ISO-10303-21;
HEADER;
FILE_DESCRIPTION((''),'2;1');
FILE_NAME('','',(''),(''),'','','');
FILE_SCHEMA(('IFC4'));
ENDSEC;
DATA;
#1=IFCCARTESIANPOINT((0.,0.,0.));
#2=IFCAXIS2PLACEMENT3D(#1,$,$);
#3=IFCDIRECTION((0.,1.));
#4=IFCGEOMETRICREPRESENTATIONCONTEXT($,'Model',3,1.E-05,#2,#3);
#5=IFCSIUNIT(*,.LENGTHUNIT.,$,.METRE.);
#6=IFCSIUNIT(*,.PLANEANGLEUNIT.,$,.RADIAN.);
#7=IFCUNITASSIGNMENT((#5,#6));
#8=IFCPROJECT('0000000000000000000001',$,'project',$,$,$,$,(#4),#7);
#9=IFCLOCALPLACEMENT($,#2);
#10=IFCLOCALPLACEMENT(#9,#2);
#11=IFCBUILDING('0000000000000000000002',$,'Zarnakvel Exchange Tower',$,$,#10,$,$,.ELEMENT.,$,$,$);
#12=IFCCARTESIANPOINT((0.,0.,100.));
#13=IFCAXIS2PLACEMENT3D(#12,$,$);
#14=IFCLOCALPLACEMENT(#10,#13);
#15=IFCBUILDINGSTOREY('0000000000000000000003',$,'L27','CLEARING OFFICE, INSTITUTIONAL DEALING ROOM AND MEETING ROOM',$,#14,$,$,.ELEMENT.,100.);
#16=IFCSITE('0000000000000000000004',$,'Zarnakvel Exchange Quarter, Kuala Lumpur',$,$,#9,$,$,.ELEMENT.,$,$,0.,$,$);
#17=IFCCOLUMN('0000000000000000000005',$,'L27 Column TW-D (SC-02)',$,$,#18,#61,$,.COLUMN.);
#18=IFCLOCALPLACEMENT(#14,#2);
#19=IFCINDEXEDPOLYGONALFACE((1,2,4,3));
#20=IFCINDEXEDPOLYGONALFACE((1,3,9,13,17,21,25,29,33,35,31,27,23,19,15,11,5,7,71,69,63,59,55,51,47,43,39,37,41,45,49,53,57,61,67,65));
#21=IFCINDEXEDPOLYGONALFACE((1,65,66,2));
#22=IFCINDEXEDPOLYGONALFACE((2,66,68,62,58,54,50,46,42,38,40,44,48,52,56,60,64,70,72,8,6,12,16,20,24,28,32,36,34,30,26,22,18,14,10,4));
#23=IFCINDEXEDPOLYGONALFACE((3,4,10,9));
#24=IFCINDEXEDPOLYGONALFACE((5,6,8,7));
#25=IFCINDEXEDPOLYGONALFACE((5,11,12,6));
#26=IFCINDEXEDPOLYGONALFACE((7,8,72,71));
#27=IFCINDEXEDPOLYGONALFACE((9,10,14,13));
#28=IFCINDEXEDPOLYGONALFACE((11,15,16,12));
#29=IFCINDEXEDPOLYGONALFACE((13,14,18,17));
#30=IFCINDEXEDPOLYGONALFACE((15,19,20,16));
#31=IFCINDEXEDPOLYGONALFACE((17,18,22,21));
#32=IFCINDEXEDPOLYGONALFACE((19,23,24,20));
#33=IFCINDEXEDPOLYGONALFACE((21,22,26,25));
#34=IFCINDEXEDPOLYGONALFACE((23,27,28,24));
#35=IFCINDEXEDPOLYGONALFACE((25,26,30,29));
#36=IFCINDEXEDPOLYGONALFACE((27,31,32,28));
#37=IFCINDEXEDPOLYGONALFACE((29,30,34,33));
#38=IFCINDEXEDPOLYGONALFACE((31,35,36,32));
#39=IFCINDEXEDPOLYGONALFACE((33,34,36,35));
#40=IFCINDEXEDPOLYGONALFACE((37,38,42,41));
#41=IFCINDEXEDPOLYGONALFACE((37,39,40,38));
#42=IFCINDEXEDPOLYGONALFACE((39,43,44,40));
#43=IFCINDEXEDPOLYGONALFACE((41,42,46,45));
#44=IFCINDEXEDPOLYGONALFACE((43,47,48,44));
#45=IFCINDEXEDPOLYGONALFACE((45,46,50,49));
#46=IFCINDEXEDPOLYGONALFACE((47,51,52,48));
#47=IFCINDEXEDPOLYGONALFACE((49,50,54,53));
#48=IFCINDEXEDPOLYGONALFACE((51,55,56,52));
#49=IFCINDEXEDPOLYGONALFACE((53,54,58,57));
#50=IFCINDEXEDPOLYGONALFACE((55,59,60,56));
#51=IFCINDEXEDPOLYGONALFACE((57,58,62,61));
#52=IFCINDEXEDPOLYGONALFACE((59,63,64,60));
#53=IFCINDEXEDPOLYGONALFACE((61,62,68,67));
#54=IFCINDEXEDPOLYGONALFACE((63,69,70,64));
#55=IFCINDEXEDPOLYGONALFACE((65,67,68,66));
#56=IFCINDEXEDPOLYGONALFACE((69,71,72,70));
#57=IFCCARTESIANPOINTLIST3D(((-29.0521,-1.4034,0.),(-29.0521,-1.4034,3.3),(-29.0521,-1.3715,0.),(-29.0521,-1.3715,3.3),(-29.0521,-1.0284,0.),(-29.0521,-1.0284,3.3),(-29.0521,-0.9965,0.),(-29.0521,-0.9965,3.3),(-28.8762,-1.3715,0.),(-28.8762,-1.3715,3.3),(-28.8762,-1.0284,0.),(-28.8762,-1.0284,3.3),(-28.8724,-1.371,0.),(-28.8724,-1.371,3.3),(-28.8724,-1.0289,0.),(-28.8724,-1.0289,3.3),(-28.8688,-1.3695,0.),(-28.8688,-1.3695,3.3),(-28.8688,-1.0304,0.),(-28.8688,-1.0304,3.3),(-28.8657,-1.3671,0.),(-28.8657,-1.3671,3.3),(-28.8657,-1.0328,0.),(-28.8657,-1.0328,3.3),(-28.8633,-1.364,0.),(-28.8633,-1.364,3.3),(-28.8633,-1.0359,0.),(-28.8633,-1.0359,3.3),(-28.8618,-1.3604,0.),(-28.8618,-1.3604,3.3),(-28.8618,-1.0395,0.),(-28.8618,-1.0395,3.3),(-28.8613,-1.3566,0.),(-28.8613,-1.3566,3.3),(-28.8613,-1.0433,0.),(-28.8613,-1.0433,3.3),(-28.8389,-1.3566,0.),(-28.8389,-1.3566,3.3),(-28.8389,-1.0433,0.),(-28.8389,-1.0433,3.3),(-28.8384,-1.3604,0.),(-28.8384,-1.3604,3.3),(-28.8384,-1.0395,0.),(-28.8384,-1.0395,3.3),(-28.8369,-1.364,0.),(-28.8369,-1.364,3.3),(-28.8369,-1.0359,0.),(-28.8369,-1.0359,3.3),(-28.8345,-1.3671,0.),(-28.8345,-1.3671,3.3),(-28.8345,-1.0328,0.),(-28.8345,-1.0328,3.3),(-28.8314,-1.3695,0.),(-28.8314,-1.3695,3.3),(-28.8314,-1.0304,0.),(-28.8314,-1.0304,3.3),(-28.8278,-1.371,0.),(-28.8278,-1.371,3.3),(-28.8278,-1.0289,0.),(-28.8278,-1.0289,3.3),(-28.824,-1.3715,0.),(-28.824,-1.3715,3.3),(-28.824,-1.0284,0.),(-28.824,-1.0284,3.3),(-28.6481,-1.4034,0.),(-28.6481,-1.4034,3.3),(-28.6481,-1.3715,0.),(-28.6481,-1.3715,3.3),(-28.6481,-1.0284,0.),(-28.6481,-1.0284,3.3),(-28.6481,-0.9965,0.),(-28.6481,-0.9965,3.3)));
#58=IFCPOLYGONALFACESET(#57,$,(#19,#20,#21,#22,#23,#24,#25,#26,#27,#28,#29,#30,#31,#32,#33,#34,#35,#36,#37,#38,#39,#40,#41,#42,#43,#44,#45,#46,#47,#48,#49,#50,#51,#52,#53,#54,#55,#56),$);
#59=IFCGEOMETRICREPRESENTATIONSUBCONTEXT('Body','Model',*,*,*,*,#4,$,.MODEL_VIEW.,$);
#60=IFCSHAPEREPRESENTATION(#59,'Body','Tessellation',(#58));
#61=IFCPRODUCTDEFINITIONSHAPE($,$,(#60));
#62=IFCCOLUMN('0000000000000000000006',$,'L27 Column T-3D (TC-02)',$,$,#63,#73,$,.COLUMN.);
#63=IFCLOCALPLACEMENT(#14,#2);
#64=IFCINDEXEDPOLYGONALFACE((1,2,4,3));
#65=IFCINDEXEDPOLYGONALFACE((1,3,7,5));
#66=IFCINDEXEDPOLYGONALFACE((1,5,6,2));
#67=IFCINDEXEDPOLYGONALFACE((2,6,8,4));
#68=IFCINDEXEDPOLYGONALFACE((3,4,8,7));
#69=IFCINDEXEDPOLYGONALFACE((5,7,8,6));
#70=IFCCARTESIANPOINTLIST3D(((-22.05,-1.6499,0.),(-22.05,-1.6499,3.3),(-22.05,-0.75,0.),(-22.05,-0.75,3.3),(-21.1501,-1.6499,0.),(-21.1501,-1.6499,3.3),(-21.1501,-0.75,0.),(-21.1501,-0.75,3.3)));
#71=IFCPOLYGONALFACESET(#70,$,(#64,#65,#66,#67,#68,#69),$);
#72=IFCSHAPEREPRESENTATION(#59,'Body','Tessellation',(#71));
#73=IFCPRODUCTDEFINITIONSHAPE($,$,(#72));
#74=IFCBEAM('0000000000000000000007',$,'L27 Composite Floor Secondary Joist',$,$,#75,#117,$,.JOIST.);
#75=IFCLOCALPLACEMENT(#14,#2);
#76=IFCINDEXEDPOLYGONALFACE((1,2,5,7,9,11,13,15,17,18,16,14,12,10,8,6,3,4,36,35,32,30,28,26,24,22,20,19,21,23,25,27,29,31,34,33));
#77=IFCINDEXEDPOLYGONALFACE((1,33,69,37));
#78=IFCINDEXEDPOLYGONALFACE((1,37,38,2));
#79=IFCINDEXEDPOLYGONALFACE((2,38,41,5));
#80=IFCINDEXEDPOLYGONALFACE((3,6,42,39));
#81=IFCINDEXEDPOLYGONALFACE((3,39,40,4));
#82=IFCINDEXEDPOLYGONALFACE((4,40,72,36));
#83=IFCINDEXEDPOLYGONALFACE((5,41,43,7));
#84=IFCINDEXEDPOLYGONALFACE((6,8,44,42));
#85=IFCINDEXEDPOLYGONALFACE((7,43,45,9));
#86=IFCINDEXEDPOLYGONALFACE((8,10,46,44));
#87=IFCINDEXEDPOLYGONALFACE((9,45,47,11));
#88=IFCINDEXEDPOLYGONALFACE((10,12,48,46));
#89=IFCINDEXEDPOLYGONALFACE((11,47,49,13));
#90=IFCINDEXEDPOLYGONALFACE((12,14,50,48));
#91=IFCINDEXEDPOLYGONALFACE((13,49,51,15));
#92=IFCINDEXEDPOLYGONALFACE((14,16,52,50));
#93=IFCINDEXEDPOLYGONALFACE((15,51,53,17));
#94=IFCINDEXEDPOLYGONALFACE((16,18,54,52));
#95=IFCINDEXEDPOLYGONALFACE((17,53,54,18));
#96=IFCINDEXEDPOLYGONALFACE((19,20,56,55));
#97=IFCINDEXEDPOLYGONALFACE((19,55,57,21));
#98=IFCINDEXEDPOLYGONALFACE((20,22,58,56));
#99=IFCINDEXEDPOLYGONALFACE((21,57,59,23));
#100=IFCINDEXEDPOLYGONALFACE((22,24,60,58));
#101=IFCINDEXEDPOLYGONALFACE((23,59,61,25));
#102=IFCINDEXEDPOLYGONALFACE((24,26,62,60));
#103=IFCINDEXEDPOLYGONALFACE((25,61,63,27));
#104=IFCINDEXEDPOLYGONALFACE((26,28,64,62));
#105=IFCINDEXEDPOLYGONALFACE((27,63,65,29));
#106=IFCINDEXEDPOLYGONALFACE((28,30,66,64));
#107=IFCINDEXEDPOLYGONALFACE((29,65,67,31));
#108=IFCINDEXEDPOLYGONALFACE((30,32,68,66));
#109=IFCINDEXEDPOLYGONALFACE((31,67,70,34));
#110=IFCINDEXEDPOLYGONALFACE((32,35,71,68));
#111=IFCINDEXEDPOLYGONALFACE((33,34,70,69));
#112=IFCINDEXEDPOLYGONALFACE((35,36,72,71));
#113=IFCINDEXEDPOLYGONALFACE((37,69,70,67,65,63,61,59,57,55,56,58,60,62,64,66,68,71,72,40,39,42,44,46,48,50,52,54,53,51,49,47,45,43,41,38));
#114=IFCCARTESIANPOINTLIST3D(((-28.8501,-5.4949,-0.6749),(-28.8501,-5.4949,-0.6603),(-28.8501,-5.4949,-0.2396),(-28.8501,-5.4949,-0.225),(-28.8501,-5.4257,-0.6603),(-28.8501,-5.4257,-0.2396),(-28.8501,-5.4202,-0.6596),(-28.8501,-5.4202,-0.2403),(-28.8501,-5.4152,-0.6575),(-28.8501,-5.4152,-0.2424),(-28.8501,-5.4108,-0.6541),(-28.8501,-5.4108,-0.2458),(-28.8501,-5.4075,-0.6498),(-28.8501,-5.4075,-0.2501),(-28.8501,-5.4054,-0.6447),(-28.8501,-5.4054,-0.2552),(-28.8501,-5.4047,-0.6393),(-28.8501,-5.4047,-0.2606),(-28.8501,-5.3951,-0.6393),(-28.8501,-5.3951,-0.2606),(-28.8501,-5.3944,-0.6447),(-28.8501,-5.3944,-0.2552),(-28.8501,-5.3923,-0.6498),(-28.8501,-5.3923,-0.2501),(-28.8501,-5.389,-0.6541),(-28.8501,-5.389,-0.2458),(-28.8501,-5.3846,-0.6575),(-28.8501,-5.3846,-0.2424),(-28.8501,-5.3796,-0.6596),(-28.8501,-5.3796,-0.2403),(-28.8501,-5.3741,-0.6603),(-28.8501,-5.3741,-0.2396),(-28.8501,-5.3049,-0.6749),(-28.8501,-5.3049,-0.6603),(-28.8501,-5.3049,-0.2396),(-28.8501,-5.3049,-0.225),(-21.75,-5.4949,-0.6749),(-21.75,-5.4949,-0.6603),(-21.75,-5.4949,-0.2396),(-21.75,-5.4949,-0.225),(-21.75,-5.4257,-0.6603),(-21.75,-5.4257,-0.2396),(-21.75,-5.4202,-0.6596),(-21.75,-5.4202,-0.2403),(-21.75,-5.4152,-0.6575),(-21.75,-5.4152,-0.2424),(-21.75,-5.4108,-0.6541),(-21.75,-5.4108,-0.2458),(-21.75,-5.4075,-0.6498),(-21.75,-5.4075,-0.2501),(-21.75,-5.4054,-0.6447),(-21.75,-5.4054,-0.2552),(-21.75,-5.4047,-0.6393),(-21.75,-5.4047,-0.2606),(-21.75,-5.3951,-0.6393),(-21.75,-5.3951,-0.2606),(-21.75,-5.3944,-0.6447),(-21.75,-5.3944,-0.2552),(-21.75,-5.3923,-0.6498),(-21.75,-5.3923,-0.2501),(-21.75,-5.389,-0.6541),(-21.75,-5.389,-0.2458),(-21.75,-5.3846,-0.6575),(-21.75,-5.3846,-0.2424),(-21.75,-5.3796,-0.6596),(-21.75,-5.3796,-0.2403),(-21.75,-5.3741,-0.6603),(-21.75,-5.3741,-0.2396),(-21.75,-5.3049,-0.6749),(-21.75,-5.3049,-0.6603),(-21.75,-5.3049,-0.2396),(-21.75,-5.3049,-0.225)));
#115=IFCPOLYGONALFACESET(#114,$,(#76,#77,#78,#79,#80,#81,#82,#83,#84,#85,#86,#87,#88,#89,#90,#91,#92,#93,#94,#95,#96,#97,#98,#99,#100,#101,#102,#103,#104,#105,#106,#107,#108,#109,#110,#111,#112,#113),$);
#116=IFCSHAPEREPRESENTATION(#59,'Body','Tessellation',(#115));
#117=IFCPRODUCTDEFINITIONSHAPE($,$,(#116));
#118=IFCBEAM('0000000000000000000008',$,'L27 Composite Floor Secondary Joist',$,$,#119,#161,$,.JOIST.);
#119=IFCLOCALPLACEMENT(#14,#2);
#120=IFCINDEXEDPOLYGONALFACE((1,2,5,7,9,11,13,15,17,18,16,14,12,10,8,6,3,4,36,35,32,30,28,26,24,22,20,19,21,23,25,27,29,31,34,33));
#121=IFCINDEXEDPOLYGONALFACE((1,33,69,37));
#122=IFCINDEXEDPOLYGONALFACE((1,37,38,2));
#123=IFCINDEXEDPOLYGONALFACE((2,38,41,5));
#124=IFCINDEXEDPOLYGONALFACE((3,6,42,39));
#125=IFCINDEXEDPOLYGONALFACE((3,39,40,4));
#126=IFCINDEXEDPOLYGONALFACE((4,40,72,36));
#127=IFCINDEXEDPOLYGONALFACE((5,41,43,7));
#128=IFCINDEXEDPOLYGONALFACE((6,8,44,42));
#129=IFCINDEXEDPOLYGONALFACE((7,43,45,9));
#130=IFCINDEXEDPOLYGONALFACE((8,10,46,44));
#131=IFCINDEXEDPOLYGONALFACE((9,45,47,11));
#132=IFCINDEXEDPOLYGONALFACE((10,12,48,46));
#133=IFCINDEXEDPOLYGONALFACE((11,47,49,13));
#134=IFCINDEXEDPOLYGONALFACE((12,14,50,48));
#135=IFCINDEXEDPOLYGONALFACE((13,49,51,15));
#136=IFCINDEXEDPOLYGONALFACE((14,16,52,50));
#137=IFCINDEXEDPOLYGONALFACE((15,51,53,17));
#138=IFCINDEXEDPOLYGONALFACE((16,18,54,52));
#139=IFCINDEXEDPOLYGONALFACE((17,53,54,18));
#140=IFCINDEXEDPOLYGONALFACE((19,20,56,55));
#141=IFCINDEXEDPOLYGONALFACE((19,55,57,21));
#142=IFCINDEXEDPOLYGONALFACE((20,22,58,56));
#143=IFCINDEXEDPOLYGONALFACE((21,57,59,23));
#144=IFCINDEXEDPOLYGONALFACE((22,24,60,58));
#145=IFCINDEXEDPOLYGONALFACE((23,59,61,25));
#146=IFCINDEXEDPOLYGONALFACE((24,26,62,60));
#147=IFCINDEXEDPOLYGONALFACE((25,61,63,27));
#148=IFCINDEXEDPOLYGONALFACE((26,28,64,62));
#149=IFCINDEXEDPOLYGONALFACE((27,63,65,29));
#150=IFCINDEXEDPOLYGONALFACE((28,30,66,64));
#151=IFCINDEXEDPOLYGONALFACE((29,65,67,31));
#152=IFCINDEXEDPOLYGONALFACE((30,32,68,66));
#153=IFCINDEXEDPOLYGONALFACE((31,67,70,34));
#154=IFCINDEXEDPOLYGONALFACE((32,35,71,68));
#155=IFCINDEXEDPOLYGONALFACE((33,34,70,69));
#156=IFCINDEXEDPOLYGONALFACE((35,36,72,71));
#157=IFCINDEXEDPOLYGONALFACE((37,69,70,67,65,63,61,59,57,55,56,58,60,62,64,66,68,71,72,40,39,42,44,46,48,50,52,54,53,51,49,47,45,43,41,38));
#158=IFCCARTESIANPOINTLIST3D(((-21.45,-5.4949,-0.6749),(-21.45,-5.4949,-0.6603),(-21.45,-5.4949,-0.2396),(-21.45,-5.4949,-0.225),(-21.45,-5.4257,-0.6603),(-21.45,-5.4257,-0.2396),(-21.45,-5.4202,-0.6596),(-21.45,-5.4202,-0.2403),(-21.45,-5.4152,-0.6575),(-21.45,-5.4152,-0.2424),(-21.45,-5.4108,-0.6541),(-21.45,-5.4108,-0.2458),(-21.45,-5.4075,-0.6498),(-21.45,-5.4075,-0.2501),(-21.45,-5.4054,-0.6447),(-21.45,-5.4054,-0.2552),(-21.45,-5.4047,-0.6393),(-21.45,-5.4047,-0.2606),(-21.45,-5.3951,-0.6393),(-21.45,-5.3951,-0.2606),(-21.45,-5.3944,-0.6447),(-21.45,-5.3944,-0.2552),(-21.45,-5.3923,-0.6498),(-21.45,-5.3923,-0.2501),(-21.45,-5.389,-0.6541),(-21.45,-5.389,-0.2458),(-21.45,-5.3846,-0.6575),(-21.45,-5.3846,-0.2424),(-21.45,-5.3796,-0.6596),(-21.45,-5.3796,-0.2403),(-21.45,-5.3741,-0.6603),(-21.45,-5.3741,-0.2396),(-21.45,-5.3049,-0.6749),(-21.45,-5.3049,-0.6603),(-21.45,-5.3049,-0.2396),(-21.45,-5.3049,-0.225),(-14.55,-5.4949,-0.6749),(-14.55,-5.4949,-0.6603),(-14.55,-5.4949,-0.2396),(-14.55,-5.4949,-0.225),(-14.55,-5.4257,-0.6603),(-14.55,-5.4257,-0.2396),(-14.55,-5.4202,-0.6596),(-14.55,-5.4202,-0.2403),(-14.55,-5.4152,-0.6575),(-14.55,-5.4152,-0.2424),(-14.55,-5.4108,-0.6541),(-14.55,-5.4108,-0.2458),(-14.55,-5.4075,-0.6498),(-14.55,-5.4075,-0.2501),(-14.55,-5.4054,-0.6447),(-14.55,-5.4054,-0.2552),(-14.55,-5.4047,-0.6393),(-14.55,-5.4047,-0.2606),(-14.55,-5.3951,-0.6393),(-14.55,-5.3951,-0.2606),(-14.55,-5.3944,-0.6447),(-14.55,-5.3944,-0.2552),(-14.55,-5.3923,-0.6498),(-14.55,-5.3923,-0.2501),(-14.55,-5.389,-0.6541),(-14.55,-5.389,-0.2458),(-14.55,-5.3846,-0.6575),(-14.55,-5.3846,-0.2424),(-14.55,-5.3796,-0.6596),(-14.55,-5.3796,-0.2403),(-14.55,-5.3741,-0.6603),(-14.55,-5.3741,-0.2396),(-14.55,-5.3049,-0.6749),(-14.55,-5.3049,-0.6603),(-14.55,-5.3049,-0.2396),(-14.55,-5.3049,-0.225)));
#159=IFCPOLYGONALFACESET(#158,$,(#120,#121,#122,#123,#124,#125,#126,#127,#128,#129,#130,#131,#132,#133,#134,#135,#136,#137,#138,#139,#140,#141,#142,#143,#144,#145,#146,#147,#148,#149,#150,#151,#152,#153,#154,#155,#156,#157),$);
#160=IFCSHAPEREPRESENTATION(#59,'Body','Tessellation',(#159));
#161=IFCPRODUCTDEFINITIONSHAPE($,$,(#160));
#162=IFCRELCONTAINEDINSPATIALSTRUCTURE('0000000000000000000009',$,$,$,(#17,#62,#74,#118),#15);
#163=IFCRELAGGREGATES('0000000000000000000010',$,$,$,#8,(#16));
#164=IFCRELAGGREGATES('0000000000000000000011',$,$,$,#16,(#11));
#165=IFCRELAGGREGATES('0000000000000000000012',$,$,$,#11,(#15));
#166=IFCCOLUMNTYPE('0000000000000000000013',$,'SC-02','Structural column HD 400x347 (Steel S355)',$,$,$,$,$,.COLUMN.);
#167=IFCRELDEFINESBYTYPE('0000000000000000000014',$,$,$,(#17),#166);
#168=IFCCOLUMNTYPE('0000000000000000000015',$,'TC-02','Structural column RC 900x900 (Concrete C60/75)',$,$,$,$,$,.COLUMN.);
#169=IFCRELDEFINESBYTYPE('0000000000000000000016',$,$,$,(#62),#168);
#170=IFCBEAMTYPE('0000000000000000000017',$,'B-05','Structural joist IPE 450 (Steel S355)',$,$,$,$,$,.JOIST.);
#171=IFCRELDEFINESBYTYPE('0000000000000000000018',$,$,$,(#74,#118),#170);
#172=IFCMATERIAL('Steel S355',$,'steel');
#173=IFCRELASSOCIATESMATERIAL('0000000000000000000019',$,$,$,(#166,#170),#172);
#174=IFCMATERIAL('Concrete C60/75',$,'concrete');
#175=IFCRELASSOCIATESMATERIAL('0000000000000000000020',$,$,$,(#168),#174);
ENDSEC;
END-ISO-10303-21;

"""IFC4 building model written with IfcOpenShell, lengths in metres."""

from ifc_helpers import new_model, si_unit, direction, frame, origin, origin_2d, place, context, subcontext, project, spatial, rectangle, i_section, extrude, material, material_profile, profile_set, type_object, element, save


model = new_model("IFC4")

# Units and contexts
model_context = context("Model", 3, precision=1e-05, world=origin(), true_north=direction((0.0, 1.0)))
body_context = subcontext(model_context, "Body", "Model", "MODEL_VIEW")
ifc_project = project(units=[si_unit("LENGTHUNIT", "METRE"), si_unit("PLANEANGLEUNIT", "RADIAN")], contexts=[model_context])

# Site, building, storey
site_placement = place(None, origin())
site = spatial("IfcSite", under=ifc_project, at=site_placement, Name="Zarnakvel Exchange Quarter, Kuala Lumpur", CompositionType="ELEMENT", RefElevation=0.0)
building_placement = place(site_placement, origin())
building = spatial("IfcBuilding", under=site, at=building_placement, Name="Zarnakvel Exchange Tower", CompositionType="ELEMENT")
storey_placement = place(building_placement, frame((0.0, 0.0, 100.0)))
storey = spatial("IfcBuildingStorey", under=building, at=storey_placement, Name="L27", Description="CLEARING OFFICE, INSTITUTIONAL DEALING ROOM AND MEETING ROOM", CompositionType="ELEMENT", Elevation=100.0)

# Columns
ifc_material_1 = material(Name="Steel S355", Category="steel")
ifc_material_profile_1 = material_profile(ifc_material_1, i_section(OverallWidth=0.4041, OverallDepth=0.407, WebThickness=0.0225, FlangeThickness=0.032, FilletRadius=0.0149, at=origin_2d()))
ifc_profile_set_1 = profile_set([ifc_material_profile_1], Name="Steel S355")
column_type_1 = type_object("IfcColumnType", Name="SC-02", Description="Structural column HD 400x347 (Steel S355)", PredefinedType="COLUMN", material=ifc_profile_set_1)
column_1_placement = place(storey_placement, frame((-28.8501, -1.2, 0.0), z_axis=(0.0, 0.0, 1.0), x_axis=(1.0, 0.0, 0.0)))
element("IfcColumn", 1, at=column_1_placement, inside=storey, type_object=column_type_1, Name="L27 Column TW-D (SC-02)", PredefinedType="COLUMN", context=body_context, shape_type="SweptSolid", body=[
    extrude(i_section(OverallWidth=0.4041, OverallDepth=0.407, WebThickness=0.0225, FlangeThickness=0.032, FilletRadius=0.0149, at=origin_2d()), origin(), (0.0, 0.0, 1.0), 3.3),
])
ifc_material_2 = material(Name="Concrete C60/75", Category="concrete")
ifc_material_profile_2 = material_profile(ifc_material_2, rectangle(XDim=0.8999, YDim=0.8999, at=origin_2d()))
ifc_profile_set_2 = profile_set([ifc_material_profile_2], Name="Concrete C60/75")
column_type_2 = type_object("IfcColumnType", Name="TC-02", Description="Structural column RC 900x900 (Concrete C60/75)", PredefinedType="COLUMN", material=ifc_profile_set_2)
column_2_placement = place(storey_placement, frame((-21.6001, -1.2, 0.0), z_axis=(0.0, 0.0, 1.0), x_axis=(1.0, 0.0, 0.0)))
element("IfcColumn", 2, at=column_2_placement, inside=storey, type_object=column_type_2, Name="L27 Column T-3D (TC-02)", PredefinedType="COLUMN", context=body_context, shape_type="SweptSolid", body=[
    extrude(rectangle(XDim=0.8999, YDim=0.8999, at=origin_2d()), origin(), (0.0, 0.0, 1.0), 3.3),
])

# Beams
ifc_material_profile_3 = material_profile(ifc_material_1, i_section(OverallWidth=0.1899, OverallDepth=0.45, WebThickness=0.0095, FlangeThickness=0.0146, FilletRadius=0.021, at=origin_2d()))
ifc_profile_set_3 = profile_set([ifc_material_profile_3], Name="Steel S355")
beam_type_1 = type_object("IfcBeamType", Name="B-05", Description="Structural joist IPE 450 (Steel S355)", PredefinedType="JOIST", material=ifc_profile_set_3)
beam_1_placement = place(storey_placement, frame((-28.8501, -5.3999, -0.45), z_axis=(1.0, 0.0, 0.0), x_axis=(0.0, 1.0, 0.0)))
element("IfcBeam", 3, at=beam_1_placement, inside=storey, type_object=beam_type_1, Name="L27 Composite Floor Secondary Joist", PredefinedType="JOIST", context=body_context, shape_type="SweptSolid", body=[
    extrude(i_section(OverallWidth=0.1899, OverallDepth=0.45, WebThickness=0.0095, FlangeThickness=0.0146, FilletRadius=0.021, at=origin_2d()), origin(), (0.0, 0.0, 1.0), 7.1001),
])
beam_2_placement = place(storey_placement, frame((-21.45, -5.3999, -0.45), z_axis=(1.0, 0.0, 0.0), x_axis=(0.0, 1.0, 0.0)))
element("IfcBeam", 4, at=beam_2_placement, inside=storey, type_object=beam_type_1, Name="L27 Composite Floor Secondary Joist", PredefinedType="JOIST", context=body_context, shape_type="SweptSolid", body=[
    extrude(i_section(OverallWidth=0.1899, OverallDepth=0.45, WebThickness=0.0095, FlangeThickness=0.0146, FilletRadius=0.021, at=origin_2d()), origin(), (0.0, 0.0, 1.0), 6.8999),
])

save(model, "model.ifc")
